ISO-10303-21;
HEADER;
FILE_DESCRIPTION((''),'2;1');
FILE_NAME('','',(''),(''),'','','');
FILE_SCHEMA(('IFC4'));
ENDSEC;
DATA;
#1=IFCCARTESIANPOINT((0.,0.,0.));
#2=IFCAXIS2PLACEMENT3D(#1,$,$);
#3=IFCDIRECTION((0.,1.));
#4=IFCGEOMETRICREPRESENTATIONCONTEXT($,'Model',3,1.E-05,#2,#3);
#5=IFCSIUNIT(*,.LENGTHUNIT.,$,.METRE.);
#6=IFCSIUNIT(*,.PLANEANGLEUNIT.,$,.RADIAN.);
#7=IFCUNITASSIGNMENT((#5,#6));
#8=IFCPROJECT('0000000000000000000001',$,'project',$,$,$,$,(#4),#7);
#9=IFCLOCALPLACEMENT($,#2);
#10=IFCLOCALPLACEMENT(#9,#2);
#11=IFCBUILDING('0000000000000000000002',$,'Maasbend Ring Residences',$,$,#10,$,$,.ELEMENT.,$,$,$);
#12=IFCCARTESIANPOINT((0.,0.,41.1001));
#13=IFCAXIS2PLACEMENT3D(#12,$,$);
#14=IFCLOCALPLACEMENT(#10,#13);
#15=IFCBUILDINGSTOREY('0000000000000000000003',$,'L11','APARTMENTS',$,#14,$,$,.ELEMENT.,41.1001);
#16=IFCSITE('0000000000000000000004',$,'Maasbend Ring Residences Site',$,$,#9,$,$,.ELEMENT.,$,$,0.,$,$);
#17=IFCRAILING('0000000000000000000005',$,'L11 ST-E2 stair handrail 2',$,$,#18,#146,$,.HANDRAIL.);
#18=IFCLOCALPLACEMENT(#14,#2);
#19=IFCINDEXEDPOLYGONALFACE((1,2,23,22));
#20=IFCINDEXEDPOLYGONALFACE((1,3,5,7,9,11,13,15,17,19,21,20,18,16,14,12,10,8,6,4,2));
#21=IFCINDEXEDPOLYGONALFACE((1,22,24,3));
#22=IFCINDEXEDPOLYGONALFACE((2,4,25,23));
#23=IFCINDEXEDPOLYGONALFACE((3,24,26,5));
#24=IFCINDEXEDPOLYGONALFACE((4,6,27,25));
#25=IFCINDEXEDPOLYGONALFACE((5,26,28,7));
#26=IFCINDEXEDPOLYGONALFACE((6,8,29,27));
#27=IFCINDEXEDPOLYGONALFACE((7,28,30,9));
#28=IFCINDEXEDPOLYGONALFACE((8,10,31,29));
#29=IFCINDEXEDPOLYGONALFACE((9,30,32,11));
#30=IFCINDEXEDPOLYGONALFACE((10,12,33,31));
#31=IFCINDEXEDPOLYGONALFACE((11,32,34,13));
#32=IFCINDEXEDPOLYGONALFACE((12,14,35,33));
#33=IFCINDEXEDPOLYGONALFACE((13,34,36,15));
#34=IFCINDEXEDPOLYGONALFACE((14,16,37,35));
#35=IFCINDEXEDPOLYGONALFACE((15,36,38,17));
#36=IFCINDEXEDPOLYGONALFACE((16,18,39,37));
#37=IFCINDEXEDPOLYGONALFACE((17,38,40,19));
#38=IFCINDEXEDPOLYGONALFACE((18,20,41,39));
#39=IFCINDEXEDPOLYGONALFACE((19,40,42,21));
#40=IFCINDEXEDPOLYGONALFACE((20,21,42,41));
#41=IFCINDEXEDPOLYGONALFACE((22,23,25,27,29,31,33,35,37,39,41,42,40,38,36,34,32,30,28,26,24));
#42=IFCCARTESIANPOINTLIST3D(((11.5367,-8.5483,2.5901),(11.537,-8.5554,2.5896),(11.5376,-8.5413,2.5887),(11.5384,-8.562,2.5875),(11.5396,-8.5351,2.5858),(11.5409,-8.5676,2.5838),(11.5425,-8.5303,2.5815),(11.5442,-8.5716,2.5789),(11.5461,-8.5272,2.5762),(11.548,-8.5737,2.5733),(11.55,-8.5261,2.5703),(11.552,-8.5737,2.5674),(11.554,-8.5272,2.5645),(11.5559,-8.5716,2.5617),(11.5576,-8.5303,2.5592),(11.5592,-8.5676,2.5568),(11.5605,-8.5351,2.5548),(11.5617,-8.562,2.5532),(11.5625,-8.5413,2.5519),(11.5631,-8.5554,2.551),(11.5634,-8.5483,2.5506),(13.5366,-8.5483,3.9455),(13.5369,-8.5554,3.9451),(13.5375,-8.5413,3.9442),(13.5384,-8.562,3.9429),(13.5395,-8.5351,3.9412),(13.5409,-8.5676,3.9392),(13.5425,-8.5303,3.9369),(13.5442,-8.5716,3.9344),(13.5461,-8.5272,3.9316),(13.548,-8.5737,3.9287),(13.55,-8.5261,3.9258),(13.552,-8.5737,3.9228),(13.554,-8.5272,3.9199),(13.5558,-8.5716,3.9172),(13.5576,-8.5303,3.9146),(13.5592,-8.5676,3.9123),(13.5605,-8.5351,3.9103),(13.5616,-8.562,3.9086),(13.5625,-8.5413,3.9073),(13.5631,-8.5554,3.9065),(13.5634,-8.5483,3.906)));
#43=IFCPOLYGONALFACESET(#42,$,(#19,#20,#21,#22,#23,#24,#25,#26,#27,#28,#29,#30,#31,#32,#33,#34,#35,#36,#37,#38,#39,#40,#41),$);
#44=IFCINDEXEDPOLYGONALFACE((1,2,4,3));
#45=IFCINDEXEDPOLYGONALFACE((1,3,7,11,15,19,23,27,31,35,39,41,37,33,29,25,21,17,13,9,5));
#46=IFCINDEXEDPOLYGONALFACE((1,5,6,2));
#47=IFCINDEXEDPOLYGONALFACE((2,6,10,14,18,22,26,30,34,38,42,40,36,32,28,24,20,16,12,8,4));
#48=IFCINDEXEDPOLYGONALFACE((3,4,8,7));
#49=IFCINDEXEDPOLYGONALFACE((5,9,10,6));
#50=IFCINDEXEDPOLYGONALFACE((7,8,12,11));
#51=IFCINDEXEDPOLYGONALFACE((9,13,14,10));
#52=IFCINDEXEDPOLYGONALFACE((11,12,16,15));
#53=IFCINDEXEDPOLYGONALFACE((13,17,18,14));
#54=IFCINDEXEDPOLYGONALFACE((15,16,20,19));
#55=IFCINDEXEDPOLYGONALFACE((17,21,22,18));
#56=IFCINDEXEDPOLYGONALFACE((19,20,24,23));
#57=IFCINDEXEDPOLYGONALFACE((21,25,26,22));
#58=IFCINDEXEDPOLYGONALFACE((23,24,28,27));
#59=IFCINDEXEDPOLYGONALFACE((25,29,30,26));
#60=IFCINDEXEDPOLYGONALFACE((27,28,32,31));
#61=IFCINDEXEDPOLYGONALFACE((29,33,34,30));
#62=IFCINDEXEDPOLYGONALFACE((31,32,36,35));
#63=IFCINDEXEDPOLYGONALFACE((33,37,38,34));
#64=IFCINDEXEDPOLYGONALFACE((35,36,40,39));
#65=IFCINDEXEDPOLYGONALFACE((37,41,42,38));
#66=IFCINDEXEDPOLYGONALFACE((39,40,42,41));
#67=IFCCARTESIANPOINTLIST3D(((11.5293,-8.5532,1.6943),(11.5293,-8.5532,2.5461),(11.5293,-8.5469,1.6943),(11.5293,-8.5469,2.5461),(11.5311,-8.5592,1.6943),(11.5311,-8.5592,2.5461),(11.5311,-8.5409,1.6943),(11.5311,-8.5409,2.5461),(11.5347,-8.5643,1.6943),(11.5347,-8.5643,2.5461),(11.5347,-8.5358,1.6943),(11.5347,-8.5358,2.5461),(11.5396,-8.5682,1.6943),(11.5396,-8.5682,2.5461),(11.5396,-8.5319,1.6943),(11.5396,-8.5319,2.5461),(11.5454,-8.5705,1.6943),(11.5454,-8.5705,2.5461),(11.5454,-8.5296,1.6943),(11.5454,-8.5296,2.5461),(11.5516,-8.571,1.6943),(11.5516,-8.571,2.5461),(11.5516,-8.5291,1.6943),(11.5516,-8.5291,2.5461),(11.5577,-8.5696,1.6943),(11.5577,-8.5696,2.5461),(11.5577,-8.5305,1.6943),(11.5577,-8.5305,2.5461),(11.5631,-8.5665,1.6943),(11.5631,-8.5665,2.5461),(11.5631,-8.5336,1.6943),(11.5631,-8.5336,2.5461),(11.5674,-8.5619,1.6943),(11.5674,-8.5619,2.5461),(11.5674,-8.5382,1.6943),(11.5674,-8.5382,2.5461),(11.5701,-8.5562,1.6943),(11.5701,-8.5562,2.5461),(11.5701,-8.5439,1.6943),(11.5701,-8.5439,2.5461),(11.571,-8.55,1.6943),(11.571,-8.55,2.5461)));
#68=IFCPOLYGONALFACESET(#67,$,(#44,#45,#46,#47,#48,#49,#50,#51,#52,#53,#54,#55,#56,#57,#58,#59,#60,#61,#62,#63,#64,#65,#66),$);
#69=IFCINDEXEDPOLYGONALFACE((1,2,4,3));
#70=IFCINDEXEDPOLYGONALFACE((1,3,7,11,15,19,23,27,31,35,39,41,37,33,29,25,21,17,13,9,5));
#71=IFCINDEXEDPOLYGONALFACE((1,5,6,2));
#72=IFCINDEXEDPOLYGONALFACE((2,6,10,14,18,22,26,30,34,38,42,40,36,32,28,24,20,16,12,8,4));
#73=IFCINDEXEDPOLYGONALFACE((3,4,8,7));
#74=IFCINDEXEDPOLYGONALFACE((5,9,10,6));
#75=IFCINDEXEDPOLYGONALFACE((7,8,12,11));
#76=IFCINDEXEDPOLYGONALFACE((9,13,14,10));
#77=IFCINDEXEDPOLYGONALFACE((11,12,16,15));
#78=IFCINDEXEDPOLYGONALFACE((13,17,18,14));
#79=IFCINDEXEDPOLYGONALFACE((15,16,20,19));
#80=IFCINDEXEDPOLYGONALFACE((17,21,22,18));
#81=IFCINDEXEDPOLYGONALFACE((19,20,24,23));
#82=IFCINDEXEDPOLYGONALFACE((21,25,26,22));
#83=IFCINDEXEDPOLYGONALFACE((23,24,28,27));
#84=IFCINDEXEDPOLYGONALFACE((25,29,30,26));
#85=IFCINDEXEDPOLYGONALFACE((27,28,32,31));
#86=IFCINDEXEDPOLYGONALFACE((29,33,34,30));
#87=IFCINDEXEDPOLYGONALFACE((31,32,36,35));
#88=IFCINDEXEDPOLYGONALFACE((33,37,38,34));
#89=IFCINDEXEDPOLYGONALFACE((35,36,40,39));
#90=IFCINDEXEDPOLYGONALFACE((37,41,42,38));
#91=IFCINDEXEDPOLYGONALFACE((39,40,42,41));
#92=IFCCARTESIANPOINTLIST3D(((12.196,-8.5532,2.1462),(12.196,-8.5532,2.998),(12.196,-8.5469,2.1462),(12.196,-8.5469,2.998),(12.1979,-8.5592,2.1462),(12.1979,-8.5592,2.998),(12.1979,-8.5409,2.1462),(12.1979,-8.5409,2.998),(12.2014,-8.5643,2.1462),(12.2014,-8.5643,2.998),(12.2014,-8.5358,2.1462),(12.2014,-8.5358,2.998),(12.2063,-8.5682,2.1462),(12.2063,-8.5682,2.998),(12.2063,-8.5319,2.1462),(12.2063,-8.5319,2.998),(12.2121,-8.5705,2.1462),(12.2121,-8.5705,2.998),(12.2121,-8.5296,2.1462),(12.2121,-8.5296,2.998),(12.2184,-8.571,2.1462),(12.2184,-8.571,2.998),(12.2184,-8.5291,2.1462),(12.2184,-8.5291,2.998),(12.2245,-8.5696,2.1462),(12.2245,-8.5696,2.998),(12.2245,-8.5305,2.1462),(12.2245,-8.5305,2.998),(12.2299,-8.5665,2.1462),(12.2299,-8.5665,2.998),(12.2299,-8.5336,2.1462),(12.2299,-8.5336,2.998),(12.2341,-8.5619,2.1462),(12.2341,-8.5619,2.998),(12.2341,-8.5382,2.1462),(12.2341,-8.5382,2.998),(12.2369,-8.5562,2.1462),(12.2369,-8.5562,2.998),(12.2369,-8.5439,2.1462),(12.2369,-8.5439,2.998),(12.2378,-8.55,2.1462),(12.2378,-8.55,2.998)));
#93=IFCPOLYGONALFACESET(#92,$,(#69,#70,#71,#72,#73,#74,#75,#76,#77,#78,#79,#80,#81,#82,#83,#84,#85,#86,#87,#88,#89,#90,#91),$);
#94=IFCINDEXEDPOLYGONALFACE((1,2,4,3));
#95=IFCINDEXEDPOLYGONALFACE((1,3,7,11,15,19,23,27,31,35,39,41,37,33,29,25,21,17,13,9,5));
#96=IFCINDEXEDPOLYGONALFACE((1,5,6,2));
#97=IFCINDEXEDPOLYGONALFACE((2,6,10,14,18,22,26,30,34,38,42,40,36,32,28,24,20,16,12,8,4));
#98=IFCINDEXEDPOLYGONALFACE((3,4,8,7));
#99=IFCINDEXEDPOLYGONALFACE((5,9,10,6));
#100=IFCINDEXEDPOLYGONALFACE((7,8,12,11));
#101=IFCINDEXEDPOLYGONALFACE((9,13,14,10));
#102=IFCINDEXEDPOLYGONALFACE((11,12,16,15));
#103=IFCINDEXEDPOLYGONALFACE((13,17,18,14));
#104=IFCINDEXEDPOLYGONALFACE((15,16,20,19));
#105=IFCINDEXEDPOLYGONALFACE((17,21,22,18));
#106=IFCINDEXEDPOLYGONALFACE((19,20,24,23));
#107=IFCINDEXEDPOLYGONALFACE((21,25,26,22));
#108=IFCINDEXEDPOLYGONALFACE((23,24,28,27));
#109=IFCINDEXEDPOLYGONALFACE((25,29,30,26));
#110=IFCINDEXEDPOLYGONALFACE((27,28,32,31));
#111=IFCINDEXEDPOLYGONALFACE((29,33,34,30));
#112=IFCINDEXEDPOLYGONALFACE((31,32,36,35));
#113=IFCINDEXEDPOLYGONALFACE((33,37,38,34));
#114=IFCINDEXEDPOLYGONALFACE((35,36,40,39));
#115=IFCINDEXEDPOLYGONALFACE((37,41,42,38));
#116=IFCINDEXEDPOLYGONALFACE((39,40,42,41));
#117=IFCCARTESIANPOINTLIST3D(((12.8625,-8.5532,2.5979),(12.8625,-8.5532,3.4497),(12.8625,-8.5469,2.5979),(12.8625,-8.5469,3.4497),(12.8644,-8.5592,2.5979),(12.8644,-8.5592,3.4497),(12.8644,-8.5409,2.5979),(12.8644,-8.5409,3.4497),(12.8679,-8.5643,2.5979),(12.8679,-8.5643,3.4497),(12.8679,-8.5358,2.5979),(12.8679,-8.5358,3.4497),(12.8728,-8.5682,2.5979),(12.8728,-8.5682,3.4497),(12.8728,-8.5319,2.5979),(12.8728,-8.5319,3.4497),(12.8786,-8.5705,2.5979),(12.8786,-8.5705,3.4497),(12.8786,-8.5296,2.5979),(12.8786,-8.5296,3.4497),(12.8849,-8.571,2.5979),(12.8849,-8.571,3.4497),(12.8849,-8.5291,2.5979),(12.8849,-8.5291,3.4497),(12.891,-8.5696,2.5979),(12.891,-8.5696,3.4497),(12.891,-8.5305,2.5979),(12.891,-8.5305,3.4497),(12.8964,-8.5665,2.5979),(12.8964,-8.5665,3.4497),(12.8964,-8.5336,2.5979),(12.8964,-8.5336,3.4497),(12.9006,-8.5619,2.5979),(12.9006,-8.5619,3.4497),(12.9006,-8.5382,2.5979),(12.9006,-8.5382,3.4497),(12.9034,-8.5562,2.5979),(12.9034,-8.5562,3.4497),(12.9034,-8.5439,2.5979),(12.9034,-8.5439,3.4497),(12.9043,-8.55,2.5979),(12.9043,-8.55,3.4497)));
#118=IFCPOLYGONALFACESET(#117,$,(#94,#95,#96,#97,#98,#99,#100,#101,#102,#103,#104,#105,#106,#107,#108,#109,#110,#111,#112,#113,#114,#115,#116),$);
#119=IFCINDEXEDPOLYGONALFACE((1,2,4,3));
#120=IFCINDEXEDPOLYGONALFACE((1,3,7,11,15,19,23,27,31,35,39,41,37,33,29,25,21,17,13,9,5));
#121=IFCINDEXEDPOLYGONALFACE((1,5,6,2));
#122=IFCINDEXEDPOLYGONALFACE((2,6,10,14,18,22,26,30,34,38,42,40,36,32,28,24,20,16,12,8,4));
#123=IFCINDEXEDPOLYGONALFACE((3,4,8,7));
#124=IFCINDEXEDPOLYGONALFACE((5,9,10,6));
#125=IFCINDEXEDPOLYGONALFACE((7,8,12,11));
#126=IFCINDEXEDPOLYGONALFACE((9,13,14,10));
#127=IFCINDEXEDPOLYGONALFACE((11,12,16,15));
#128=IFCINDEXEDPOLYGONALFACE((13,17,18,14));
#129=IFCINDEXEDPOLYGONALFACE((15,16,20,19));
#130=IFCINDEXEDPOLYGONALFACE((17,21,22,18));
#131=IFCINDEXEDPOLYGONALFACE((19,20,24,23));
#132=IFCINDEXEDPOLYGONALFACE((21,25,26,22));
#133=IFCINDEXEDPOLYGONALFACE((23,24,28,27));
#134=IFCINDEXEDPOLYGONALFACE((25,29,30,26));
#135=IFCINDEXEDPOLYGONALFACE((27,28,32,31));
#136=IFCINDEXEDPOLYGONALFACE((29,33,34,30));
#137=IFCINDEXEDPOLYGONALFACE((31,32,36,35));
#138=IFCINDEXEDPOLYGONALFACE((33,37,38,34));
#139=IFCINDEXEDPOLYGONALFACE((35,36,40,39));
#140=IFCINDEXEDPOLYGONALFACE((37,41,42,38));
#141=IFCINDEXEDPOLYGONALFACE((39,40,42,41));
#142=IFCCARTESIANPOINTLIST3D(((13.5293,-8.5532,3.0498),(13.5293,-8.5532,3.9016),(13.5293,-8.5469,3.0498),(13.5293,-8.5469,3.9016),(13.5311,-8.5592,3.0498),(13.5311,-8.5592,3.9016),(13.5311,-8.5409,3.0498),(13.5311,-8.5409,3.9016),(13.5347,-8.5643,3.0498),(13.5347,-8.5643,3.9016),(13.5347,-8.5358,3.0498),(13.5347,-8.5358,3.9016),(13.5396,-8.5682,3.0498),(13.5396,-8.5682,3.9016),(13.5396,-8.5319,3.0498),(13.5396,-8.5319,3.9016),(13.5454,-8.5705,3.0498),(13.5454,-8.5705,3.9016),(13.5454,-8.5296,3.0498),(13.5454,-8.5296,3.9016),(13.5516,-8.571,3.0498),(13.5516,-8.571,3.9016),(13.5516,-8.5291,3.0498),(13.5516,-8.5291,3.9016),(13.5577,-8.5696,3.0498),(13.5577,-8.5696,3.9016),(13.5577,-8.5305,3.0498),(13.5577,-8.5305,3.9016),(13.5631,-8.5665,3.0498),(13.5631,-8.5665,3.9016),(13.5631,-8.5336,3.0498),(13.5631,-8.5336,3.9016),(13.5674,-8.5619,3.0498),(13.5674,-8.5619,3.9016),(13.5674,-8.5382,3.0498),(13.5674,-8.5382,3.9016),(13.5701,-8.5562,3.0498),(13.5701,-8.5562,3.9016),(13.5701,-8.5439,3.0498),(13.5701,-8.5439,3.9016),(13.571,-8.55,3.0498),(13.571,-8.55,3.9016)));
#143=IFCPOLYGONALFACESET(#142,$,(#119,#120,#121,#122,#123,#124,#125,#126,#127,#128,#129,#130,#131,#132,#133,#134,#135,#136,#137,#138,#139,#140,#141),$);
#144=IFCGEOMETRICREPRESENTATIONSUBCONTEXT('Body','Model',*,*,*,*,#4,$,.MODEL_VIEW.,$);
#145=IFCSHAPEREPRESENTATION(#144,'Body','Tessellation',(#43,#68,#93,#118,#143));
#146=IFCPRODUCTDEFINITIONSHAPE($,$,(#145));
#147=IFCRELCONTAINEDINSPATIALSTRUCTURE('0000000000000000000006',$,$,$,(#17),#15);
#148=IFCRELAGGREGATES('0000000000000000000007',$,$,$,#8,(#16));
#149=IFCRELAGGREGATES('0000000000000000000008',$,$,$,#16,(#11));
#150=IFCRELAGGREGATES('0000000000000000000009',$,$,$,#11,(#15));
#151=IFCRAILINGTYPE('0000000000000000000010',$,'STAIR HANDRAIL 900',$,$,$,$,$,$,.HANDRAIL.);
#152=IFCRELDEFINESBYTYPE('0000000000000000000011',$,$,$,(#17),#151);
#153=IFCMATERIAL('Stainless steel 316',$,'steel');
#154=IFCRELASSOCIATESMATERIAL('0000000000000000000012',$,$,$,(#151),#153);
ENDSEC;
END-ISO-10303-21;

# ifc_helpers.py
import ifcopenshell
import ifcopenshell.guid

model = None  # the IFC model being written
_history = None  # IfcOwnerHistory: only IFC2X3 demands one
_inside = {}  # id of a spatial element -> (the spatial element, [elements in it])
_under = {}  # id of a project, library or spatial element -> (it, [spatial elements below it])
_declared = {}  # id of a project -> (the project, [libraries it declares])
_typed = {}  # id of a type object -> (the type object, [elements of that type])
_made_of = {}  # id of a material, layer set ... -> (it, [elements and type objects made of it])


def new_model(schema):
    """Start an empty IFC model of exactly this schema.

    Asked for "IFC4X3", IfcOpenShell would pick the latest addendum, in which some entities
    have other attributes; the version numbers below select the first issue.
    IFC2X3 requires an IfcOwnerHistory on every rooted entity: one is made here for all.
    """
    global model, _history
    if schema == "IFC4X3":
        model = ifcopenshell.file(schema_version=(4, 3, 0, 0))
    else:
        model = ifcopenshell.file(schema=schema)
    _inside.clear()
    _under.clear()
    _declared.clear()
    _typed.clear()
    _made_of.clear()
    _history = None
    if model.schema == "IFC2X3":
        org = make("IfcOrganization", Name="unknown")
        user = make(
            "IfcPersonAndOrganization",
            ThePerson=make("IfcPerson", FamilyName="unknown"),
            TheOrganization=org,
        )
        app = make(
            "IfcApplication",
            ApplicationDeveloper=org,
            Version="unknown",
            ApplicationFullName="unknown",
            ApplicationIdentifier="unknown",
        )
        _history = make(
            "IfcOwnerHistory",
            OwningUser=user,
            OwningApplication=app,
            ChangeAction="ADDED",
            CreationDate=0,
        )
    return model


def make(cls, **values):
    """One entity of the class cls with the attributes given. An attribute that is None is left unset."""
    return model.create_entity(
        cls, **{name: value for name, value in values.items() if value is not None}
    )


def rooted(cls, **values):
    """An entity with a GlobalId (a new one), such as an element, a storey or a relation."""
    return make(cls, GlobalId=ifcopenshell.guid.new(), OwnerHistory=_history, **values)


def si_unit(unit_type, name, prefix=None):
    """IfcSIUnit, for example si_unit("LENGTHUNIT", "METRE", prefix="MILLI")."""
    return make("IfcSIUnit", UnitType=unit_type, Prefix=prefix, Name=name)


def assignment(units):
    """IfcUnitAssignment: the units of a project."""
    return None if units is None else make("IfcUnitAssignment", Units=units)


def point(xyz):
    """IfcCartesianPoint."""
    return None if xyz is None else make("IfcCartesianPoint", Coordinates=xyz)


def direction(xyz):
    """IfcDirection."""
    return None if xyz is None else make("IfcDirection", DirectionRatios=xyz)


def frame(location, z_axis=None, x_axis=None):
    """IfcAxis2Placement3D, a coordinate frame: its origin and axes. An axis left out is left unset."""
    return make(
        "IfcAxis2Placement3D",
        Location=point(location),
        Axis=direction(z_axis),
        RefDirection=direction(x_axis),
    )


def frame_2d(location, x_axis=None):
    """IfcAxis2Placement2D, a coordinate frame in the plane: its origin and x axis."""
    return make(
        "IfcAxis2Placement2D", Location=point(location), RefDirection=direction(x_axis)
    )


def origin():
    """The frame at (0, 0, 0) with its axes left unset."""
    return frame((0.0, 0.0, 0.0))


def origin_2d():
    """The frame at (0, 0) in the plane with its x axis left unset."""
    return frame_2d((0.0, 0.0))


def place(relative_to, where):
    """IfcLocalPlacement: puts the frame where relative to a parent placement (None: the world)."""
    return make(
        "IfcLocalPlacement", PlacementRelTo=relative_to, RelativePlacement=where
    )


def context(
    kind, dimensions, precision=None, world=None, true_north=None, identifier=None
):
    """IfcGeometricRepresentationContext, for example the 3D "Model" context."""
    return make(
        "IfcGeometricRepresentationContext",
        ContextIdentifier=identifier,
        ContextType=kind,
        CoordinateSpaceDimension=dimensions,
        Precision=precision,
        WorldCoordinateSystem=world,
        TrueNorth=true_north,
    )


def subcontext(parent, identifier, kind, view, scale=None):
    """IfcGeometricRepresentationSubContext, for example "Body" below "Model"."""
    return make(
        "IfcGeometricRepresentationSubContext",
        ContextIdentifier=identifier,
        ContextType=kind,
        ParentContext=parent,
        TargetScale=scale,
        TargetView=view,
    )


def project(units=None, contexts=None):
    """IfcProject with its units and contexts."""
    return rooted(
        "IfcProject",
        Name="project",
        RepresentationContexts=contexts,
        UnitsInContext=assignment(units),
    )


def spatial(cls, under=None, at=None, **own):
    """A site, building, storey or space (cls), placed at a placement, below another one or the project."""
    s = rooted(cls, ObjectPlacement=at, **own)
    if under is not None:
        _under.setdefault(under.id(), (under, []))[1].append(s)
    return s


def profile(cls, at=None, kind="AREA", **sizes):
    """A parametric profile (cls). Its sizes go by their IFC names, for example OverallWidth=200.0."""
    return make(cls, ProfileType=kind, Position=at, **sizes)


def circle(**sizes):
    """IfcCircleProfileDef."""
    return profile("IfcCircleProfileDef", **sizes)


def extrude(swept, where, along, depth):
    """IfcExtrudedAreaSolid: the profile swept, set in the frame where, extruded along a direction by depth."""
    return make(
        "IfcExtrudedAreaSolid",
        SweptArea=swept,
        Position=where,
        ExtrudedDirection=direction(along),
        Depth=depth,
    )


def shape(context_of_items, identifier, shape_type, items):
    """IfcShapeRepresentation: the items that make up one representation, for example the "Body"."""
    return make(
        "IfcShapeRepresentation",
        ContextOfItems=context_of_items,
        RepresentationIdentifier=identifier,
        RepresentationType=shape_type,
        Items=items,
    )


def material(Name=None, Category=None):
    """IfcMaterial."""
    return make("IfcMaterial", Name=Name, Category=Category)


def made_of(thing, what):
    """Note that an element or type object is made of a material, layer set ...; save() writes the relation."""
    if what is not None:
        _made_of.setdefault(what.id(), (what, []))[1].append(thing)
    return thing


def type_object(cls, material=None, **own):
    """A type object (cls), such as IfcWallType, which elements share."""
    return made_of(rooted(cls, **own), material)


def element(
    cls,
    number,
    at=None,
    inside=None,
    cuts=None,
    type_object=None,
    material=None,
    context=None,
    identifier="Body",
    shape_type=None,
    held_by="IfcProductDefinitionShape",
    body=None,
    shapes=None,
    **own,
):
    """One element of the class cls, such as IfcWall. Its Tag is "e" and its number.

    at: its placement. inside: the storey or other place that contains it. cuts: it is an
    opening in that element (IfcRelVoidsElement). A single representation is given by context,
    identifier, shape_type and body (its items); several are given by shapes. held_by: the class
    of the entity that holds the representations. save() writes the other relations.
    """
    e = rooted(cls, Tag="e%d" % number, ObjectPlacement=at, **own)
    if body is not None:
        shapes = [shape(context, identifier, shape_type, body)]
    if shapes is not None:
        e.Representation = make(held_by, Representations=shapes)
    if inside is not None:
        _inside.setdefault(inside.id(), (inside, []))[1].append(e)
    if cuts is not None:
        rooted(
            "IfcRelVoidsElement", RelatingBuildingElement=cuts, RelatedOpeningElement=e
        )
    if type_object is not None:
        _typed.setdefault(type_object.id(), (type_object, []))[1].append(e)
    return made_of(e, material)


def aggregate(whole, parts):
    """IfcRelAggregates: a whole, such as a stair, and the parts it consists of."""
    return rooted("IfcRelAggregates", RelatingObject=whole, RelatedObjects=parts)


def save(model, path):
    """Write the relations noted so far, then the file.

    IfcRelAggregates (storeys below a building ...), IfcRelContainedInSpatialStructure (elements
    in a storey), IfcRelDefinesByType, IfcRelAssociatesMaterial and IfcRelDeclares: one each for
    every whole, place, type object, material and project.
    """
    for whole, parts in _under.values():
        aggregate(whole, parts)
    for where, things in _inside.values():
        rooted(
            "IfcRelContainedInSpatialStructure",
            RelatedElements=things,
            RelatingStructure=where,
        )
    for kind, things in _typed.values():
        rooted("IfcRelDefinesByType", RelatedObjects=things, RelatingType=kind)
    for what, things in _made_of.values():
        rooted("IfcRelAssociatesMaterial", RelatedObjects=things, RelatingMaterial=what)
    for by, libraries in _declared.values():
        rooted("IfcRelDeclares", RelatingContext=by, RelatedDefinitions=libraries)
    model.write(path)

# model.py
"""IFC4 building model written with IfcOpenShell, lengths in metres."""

from ifc_helpers import new_model, si_unit, direction, frame, origin, origin_2d, place, context, subcontext, project, spatial, circle, extrude, material, type_object, element, save


model = new_model("IFC4")

# Units and contexts
model_context = context("Model", 3, precision=1e-05, world=origin(), true_north=direction((0.0, 1.0)))
body_context = subcontext(model_context, "Body", "Model", "MODEL_VIEW")
ifc_project = project(units=[si_unit("LENGTHUNIT", "METRE"), si_unit("PLANEANGLEUNIT", "RADIAN")], contexts=[model_context])

# Site, building, storey
site_placement = place(None, origin())
site = spatial("IfcSite", under=ifc_project, at=site_placement, Name="Maasbend Ring Residences Site", CompositionType="ELEMENT", RefElevation=0.0)
building_placement = place(site_placement, origin())
building = spatial("IfcBuilding", under=site, at=building_placement, Name="Maasbend Ring Residences", CompositionType="ELEMENT")
storey_placement = place(building_placement, frame((0.0, 0.0, 41.1001)))
storey = spatial("IfcBuildingStorey", under=building, at=storey_placement, Name="L11", Description="APARTMENTS", CompositionType="ELEMENT", Elevation=41.1001)

# Railing
ifc_material_1 = material(Name="Stainless steel 316", Category="steel")
railing_type_1 = type_object("IfcRailingType", Name="STAIR HANDRAIL 900", PredefinedType="HANDRAIL", material=ifc_material_1)
railing_1_placement = place(storey_placement, frame((11.55, -8.55, 1.6943)))
element("IfcRailing", 1, at=railing_1_placement, inside=storey, type_object=railing_type_1, Name="L11 ST-E2 stair handrail 2", PredefinedType="HANDRAIL", context=body_context, shape_type="SweptSolid", body=[
    extrude(circle(Radius=0.0239, at=origin_2d()), frame((0.0, 0.0, 0.876), z_axis=(0.827798, 0.0, 0.561027), x_axis=(0.0, 1.0, 0.0)), (0.0, 0.0, 1.0), 2.416),
    extrude(circle(Radius=0.021, at=origin_2d()), origin(), (0.0, 0.0, 1.0), 0.8518),
    extrude(circle(Radius=0.021, at=origin_2d()), frame((0.6667, 0.0, 0.4519)), (0.0, 0.0, 1.0), 0.8518),
    extrude(circle(Radius=0.021, at=origin_2d()), frame((1.3333, 0.0, 0.9036)), (0.0, 0.0, 1.0), 0.8518),
    extrude(circle(Radius=0.021, at=origin_2d()), frame((2.0, 0.0, 1.3555)), (0.0, 0.0, 1.0), 0.8518),
])

save(model, "model.ifc")
